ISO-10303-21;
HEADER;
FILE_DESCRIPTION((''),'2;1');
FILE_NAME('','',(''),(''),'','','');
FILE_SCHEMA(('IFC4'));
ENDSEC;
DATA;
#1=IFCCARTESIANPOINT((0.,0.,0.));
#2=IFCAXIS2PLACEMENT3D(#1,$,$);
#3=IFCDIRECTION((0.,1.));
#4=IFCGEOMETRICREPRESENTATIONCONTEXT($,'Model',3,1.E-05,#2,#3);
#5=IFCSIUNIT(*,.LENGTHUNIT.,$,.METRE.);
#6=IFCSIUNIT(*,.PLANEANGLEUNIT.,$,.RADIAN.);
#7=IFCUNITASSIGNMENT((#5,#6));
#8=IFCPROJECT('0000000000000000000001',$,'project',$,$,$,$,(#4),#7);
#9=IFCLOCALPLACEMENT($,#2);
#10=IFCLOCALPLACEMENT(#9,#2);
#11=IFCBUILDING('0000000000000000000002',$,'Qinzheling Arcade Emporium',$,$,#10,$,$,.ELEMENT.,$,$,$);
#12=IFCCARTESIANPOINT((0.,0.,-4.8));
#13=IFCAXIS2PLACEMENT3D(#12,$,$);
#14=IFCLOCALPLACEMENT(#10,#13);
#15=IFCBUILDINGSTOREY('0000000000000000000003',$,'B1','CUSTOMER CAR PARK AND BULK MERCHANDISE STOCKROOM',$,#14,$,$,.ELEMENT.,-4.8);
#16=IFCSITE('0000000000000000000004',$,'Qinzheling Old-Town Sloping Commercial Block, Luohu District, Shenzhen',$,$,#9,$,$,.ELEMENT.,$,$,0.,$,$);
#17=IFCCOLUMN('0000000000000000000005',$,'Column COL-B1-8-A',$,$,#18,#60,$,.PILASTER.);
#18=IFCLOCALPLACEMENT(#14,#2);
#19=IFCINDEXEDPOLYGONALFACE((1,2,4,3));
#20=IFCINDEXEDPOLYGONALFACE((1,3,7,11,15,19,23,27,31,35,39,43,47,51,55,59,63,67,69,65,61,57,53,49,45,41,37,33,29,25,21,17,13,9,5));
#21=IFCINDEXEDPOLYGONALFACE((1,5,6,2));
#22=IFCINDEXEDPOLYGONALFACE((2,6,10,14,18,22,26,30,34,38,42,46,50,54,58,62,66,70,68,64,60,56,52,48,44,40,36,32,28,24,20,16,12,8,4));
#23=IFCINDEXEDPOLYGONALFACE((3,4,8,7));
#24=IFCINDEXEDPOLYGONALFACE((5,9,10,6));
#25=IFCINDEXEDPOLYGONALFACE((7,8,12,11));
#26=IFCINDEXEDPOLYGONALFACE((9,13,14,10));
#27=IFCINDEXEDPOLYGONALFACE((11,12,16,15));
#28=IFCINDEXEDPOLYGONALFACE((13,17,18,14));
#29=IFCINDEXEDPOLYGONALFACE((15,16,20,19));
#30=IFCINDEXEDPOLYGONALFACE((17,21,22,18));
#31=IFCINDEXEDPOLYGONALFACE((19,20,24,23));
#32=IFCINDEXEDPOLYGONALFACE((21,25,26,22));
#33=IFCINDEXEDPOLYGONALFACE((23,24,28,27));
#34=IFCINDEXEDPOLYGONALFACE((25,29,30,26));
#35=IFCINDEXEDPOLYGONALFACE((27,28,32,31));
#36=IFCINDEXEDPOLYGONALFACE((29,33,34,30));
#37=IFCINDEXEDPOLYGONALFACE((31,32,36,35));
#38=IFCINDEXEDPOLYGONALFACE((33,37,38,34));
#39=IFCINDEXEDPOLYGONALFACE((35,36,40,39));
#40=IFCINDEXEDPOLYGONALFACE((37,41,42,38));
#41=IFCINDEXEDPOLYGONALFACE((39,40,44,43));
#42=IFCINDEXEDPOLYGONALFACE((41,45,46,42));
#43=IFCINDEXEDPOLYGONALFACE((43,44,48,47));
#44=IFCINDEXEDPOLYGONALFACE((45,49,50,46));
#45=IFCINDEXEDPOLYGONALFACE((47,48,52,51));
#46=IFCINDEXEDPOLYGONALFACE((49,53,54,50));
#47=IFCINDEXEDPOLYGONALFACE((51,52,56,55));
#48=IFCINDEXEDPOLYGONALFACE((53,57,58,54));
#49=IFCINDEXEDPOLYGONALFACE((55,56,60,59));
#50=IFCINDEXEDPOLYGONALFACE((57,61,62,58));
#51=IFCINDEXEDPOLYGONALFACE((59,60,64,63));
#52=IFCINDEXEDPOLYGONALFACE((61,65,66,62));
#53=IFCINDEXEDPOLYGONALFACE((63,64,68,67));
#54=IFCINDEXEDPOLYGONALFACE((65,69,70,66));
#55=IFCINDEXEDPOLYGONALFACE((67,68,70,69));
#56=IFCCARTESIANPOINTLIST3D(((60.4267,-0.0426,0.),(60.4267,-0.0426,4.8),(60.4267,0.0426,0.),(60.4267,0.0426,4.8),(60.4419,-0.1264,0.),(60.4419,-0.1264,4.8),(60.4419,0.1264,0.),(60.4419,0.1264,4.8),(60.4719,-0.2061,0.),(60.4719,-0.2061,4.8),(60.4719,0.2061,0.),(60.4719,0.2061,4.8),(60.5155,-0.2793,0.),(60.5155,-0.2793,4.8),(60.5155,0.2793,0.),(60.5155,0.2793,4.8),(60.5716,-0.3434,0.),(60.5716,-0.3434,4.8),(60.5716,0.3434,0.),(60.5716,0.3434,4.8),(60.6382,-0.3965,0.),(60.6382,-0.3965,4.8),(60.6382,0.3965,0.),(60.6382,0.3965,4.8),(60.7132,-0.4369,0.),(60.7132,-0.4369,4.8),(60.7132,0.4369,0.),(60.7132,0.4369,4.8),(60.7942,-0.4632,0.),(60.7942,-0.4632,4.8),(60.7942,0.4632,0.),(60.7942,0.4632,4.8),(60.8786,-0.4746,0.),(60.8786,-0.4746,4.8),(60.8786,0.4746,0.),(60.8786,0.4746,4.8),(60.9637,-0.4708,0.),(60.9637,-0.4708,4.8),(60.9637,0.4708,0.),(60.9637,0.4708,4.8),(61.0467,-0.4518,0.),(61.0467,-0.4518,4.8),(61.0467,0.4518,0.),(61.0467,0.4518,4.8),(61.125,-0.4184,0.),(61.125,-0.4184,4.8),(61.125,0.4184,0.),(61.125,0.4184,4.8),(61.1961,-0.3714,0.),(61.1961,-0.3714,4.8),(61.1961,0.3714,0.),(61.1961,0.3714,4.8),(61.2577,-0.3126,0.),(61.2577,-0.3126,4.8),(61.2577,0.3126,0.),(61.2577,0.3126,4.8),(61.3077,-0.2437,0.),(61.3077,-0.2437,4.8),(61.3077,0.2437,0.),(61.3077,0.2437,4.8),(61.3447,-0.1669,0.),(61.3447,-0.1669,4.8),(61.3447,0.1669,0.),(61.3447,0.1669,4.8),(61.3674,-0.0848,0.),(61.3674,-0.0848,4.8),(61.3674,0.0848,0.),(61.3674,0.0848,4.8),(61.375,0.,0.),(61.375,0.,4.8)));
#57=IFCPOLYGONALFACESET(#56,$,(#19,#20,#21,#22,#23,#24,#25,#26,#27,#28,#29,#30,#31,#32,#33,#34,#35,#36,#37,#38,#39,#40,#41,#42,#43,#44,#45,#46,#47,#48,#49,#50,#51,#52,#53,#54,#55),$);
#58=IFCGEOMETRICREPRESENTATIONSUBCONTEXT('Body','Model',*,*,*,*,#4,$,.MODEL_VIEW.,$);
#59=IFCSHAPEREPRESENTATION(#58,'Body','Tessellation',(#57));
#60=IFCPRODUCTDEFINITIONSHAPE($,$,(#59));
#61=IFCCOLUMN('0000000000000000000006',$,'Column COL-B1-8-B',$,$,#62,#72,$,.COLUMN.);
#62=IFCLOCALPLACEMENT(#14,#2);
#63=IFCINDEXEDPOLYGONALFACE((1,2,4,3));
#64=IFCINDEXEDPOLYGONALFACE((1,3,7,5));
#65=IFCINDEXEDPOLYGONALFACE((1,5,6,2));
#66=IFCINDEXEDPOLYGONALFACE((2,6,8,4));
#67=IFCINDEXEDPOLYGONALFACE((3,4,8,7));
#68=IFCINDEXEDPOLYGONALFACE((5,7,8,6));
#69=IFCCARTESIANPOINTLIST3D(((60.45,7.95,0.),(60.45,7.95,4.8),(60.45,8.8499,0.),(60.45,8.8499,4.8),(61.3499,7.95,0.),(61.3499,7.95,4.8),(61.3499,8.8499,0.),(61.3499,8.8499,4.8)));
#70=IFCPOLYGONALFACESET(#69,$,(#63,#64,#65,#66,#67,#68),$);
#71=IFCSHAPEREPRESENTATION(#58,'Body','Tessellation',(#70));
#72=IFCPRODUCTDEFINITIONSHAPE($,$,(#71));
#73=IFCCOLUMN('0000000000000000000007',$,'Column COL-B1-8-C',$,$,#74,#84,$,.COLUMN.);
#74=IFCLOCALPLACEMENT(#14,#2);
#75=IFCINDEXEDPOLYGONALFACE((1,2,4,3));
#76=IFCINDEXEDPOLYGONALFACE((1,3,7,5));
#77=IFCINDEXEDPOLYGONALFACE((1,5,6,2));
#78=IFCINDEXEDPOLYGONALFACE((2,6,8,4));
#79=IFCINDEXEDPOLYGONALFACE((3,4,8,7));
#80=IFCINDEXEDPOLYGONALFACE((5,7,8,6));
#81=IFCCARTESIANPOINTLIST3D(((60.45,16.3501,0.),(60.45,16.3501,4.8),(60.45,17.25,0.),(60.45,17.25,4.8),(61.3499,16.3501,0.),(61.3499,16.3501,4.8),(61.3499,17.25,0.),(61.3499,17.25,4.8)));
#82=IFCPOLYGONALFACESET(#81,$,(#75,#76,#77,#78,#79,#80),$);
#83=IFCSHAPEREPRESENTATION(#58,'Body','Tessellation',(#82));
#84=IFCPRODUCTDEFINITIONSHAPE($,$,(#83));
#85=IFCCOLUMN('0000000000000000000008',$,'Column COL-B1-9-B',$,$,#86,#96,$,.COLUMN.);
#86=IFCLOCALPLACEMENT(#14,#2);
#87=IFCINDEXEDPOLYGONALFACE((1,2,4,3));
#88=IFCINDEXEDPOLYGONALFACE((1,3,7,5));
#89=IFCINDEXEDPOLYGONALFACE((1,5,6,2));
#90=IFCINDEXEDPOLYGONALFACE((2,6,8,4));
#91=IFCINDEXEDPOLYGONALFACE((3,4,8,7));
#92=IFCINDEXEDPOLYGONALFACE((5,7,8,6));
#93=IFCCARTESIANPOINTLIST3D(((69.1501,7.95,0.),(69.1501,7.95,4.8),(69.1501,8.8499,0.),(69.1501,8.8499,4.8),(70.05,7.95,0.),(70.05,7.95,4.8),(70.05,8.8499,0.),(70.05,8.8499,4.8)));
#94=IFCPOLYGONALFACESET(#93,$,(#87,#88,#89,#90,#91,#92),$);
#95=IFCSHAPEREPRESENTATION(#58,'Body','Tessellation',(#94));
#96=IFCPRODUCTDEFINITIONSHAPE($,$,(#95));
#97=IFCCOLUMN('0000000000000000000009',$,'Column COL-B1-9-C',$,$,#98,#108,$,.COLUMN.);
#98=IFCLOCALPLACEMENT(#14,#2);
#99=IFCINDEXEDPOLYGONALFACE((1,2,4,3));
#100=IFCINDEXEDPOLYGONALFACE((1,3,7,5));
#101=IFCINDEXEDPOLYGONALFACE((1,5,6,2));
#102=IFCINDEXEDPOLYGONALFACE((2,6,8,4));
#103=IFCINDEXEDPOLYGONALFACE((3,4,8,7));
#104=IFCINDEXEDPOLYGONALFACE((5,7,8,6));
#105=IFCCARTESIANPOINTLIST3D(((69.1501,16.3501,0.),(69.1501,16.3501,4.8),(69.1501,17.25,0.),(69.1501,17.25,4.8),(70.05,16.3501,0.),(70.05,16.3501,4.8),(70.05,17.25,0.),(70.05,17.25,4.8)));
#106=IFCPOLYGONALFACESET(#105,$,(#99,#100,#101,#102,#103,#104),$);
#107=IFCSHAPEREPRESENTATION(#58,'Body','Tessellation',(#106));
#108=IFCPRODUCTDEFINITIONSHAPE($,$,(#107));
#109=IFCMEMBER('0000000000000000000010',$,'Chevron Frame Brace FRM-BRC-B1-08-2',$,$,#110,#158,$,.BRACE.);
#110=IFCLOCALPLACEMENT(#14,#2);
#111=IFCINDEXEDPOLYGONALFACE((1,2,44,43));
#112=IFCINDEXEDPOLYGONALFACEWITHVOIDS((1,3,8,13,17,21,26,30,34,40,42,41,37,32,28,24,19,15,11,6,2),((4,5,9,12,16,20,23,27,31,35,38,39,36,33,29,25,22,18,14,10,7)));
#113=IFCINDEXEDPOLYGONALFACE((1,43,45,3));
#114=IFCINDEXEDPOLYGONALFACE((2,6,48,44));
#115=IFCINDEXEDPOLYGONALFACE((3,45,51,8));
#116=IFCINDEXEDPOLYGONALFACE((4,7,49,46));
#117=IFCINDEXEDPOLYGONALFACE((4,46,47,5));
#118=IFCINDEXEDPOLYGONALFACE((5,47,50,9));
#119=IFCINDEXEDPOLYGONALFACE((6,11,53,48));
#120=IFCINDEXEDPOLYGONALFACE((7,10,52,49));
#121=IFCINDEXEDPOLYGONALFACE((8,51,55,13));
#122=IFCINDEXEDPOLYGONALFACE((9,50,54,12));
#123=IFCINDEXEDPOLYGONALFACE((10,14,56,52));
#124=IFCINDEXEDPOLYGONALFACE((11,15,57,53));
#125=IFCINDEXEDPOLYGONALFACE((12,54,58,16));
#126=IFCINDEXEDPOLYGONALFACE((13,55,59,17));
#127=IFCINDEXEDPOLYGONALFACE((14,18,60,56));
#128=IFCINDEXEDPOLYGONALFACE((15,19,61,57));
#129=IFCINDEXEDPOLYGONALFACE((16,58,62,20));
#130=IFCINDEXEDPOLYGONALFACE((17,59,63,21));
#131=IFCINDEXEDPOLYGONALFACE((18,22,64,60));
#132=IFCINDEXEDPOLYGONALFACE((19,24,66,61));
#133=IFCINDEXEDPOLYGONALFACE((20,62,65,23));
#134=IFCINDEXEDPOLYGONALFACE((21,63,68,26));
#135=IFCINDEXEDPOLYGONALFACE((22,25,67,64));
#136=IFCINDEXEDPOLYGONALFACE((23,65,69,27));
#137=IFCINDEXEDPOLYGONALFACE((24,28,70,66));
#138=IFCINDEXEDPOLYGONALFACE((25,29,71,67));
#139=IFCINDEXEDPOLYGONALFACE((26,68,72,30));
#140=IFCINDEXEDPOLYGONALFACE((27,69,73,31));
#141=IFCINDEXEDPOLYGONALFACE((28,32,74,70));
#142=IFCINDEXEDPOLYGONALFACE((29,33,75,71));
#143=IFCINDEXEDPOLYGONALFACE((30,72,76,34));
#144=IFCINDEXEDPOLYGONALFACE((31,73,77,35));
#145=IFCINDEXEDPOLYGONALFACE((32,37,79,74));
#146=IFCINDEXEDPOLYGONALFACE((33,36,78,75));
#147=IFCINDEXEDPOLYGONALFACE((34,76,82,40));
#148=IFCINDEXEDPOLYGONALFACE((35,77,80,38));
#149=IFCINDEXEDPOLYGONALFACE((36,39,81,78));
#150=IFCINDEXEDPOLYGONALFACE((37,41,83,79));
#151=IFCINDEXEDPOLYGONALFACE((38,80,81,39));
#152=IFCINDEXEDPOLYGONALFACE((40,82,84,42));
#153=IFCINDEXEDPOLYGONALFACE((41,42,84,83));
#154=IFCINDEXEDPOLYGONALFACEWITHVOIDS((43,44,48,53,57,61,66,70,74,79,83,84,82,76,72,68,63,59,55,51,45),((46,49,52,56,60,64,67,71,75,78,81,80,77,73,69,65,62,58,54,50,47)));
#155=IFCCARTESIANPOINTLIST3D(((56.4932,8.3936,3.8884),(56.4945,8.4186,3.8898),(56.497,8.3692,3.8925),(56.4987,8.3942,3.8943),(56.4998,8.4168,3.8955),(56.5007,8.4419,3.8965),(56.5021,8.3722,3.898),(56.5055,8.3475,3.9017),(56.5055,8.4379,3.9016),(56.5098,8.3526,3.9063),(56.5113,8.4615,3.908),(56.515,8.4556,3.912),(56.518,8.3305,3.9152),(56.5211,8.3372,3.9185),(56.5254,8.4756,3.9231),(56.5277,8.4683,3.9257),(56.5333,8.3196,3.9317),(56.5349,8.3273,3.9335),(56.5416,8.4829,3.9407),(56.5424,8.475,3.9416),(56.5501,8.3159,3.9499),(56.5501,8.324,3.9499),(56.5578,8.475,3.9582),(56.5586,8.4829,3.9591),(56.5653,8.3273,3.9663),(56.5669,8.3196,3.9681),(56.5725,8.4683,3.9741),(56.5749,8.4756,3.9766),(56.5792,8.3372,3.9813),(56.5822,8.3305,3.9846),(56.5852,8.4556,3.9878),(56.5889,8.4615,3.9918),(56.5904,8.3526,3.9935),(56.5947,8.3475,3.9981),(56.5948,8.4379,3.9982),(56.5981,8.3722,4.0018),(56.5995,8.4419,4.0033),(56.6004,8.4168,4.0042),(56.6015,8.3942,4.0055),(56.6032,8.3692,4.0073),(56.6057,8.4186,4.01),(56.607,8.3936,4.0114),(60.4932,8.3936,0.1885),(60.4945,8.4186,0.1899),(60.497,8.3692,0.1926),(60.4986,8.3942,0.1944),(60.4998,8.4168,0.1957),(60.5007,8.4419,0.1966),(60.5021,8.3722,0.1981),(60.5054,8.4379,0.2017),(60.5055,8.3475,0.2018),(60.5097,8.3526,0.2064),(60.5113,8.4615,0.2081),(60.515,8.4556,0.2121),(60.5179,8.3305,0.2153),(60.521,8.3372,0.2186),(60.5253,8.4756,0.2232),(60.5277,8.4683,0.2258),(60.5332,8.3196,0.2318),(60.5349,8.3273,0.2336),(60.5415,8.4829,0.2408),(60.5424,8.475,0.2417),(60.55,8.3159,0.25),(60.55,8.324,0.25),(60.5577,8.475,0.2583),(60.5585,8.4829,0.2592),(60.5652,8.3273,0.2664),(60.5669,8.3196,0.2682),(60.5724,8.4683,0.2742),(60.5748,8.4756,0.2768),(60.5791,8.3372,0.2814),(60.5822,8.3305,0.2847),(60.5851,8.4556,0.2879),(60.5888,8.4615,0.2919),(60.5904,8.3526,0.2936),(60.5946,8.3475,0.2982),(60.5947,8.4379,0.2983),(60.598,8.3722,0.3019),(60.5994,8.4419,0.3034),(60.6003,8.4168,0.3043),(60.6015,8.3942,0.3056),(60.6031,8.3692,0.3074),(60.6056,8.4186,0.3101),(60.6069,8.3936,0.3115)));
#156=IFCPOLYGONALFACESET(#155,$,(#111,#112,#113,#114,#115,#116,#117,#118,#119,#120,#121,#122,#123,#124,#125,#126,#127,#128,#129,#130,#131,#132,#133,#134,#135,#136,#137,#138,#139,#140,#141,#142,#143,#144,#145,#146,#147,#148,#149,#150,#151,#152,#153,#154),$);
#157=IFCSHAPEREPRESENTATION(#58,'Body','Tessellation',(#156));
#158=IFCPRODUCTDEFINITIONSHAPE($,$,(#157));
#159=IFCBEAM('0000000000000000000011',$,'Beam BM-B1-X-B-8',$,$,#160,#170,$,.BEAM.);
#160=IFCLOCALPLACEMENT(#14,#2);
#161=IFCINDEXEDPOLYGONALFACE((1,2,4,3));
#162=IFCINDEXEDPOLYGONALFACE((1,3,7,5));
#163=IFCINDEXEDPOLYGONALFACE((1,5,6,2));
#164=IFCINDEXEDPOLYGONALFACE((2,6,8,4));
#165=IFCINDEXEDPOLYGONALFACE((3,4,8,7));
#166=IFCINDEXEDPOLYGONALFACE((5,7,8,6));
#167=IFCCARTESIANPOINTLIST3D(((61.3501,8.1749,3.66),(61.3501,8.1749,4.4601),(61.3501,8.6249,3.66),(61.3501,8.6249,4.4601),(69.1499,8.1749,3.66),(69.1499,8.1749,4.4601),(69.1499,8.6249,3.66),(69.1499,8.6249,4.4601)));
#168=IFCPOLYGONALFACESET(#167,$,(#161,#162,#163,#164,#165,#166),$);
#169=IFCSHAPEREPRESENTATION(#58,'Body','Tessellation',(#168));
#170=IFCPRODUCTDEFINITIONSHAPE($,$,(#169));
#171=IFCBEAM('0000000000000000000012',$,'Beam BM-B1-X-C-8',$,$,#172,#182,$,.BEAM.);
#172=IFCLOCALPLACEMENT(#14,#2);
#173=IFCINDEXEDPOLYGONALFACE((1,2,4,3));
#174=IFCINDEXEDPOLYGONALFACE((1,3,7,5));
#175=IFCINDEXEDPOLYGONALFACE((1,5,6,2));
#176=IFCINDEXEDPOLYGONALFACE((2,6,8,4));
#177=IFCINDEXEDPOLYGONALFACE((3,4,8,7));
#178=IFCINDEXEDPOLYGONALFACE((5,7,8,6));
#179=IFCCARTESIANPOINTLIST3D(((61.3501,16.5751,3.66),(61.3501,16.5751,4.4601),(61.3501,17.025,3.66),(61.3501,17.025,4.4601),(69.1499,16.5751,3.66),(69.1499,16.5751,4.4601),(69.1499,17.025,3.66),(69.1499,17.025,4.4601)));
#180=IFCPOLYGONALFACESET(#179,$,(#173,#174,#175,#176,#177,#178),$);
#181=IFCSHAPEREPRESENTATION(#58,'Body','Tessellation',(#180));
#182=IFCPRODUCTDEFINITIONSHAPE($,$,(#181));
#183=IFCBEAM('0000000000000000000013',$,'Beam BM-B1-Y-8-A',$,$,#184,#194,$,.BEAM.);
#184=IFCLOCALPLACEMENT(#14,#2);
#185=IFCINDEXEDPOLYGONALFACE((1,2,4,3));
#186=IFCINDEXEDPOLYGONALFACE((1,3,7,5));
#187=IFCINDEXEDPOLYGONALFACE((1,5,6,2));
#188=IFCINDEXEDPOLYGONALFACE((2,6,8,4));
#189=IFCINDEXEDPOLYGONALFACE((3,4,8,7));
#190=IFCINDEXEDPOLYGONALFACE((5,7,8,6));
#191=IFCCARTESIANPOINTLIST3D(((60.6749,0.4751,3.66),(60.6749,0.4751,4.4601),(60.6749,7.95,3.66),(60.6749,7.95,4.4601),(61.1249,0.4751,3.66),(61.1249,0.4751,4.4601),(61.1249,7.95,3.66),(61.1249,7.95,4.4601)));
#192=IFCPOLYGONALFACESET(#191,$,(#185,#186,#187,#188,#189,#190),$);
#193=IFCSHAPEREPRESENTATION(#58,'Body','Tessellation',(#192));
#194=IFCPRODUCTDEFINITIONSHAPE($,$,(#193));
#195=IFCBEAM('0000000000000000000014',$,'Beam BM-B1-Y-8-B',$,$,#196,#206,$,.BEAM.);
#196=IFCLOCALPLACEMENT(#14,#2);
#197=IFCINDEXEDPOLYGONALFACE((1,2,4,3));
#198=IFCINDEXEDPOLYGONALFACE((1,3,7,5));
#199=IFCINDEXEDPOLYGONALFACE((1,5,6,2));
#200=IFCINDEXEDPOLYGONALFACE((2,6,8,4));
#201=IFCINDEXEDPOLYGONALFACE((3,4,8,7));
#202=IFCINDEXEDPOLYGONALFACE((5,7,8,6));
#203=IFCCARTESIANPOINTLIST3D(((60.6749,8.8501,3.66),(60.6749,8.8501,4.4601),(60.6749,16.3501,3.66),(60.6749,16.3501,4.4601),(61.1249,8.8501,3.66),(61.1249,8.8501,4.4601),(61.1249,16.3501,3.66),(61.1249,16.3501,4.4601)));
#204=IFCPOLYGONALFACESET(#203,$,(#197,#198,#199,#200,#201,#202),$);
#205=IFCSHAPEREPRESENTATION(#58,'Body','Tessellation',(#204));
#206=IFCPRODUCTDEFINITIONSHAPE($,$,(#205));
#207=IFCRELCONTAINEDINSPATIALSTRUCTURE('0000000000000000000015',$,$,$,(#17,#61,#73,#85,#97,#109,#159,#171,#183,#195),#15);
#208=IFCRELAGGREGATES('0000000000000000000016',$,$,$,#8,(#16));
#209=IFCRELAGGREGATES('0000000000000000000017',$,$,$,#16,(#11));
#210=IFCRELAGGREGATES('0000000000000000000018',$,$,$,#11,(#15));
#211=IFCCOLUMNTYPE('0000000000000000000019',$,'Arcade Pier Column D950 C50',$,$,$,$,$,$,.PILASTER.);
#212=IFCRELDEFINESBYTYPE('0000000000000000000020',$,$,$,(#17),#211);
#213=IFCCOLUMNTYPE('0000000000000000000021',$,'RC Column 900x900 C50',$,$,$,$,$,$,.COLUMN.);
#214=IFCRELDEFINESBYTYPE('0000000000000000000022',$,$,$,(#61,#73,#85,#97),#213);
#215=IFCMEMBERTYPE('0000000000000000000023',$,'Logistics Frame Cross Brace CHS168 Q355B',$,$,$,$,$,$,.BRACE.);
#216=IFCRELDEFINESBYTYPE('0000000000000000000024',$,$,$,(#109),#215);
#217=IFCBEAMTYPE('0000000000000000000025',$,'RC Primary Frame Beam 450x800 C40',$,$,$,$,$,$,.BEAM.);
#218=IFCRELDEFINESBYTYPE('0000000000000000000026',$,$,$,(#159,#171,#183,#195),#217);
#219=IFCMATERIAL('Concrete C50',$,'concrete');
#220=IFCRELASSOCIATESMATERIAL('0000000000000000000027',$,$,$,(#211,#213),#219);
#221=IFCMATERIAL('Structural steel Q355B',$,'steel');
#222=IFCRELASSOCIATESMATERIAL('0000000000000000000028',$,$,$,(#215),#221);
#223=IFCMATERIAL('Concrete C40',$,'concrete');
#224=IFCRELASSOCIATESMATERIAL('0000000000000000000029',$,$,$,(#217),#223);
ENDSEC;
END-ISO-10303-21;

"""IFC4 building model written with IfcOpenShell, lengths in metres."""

from ifc_helpers import new_model, si_unit, direction, frame, origin, origin_2d, place, context, subcontext, project, spatial, rectangle, circle, hollow_circle, extrude, material, material_profile, profile_set, type_object, element, save


model = new_model("IFC4")

# Units and contexts
model_context = context("Model", 3, precision=1e-05, world=origin(), true_north=direction((0.0, 1.0)))
body_context = subcontext(model_context, "Body", "Model", "MODEL_VIEW")
ifc_project = project(units=[si_unit("LENGTHUNIT", "METRE"), si_unit("PLANEANGLEUNIT", "RADIAN")], contexts=[model_context])

# Site, building, storey
site_placement = place(None, origin())
site = spatial("IfcSite", under=ifc_project, at=site_placement, Name="Qinzheling Old-Town Sloping Commercial Block, Luohu District, Shenzhen", CompositionType="ELEMENT", RefElevation=0.0)
building_placement = place(site_placement, origin())
building = spatial("IfcBuilding", under=site, at=building_placement, Name="Qinzheling Arcade Emporium", CompositionType="ELEMENT")
storey_placement = place(building_placement, frame((0.0, 0.0, -4.8)))
storey = spatial("IfcBuildingStorey", under=building, at=storey_placement, Name="B1", Description="CUSTOMER CAR PARK AND BULK MERCHANDISE STOCKROOM", CompositionType="ELEMENT", Elevation=-4.8)

# Columns
ifc_material_1 = material(Name="Concrete C50", Category="concrete")
ifc_material_profile_1 = material_profile(ifc_material_1, circle(Radius=0.4751, at=origin_2d()), Name="RC D950", Category="concrete")
ifc_profile_set_1 = profile_set([ifc_material_profile_1], Name="Concrete C50")
column_type_1 = type_object("IfcColumnType", Name="Arcade Pier Column D950 C50", PredefinedType="PILASTER", material=ifc_profile_set_1)
column_placement = place(storey_placement, frame((60.8999, 0.0, 0.0), z_axis=(0.0, 0.0, 1.0), x_axis=(1.0, 0.0, 0.0)))
element("IfcColumn", 1, at=column_placement, inside=storey, type_object=column_type_1, Name="Column COL-B1-8-A", PredefinedType="PILASTER", context=body_context, shape_type="SweptSolid", body=[
    extrude(circle(Radius=0.4751, at=origin_2d()), origin(), (0.0, 0.0, 1.0), 4.8),
])
ifc_material_profile_2 = material_profile(ifc_material_1, rectangle(XDim=0.8999, YDim=0.8999, at=origin_2d()), Name="RC 900x900", Category="concrete")
ifc_profile_set_2 = profile_set([ifc_material_profile_2], Name="Concrete C50")
column_type_2 = type_object("IfcColumnType", Name="RC Column 900x900 C50", PredefinedType="COLUMN", material=ifc_profile_set_2)
for number, where, z_axis, x_axis, name in (
    (2, (60.8999, 8.3999, 0.0), (0.0, 0.0, 1.0), (1.0, 0.0, 0.0), "Column COL-B1-8-B"),
    (3, (60.8999, 16.8, 0.0), (0.0, 0.0, 1.0), (1.0, 0.0, 0.0), "Column COL-B1-8-C"),
    (4, (69.6001, 8.3999, 0.0), (0.0, 0.0, 1.0), (1.0, 0.0, 0.0), "Column COL-B1-9-B"),
    (5, (69.6001, 16.8, 0.0), (0.0, 0.0, 1.0), (1.0, 0.0, 0.0), "Column COL-B1-9-C"),
):
    element("IfcColumn", number, at=place(storey_placement, frame(where, z_axis=z_axis, x_axis=x_axis)), inside=storey, type_object=column_type_2, Name=name, PredefinedType="COLUMN", context=body_context, shape_type="SweptSolid", body=[
        extrude(rectangle(XDim=0.8999, YDim=0.8999, at=origin_2d()), origin(), (0.0, 0.0, 1.0), 4.8),
    ])

# Member
ifc_material_2 = material(Name="Structural steel Q355B", Category="steel")
ifc_material_profile_3 = material_profile(ifc_material_2, hollow_circle(Radius=0.084, WallThickness=0.0081, at=origin_2d()), Name="CHS 168x8", Category="steel")
ifc_profile_set_3 = profile_set([ifc_material_profile_3], Name="Structural steel Q355B")
member_type = type_object("IfcMemberType", Name="Logistics Frame Cross Brace CHS168 Q355B", PredefinedType="BRACE", material=ifc_profile_set_3)
member_placement = place(storey_placement, frame((60.55, 8.3999, 0.25), z_axis=(-0.734104, 0.0, 0.679037), x_axis=(0.0, -1.0, 0.0)))
element("IfcMember", 6, at=member_placement, inside=storey, type_object=member_type, Name="Chevron Frame Brace FRM-BRC-B1-08-2", PredefinedType="BRACE", context=body_context, shape_type="SweptSolid", body=[
    extrude(hollow_circle(Radius=0.084, WallThickness=0.0081, at=origin_2d()), origin(), (0.0, 0.0, 1.0), 5.4487),
])

# Beams
ifc_material_3 = material(Name="Concrete C40", Category="concrete")
ifc_material_profile_4 = material_profile(ifc_material_3, rectangle(XDim=0.45, YDim=0.8, at=origin_2d()), Name="RC 450x800", Category="concrete")
ifc_profile_set_4 = profile_set([ifc_material_profile_4], Name="Concrete C40")
beam_type_1 = type_object("IfcBeamType", Name="RC Primary Frame Beam 450x800 C40", PredefinedType="BEAM", material=ifc_profile_set_4)
for number, where, z_axis, x_axis, name in (
    (7, (61.3501, 8.3999, 4.0601), (1.0, 0.0, 0.0), (0.0, 1.0, 0.0), "Beam BM-B1-X-B-8"),
    (8, (61.3501, 16.8, 4.0601), (1.0, 0.0, 0.0), (0.0, 1.0, 0.0), "Beam BM-B1-X-C-8"),
):
    element("IfcBeam", number, at=place(storey_placement, frame(where, z_axis=z_axis, x_axis=x_axis)), inside=storey, type_object=beam_type_1, Name=name, PredefinedType="BEAM", context=body_context, shape_type="SweptSolid", body=[
        extrude(rectangle(XDim=0.45, YDim=0.8, at=origin_2d()), origin(), (0.0, 0.0, 1.0), 7.7998),
    ])
beam_1_placement = place(storey_placement, frame((60.8999, 0.4751, 4.0601), z_axis=(0.0, 1.0, 0.0), x_axis=(-1.0, 0.0, 0.0)))
element("IfcBeam", 9, at=beam_1_placement, inside=storey, type_object=beam_type_1, Name="Beam BM-B1-Y-8-A", PredefinedType="BEAM", context=body_context, shape_type="SweptSolid", body=[
    extrude(rectangle(XDim=0.45, YDim=0.8, at=origin_2d()), origin(), (0.0, 0.0, 1.0), 7.4749),
])
beam_2_placement = place(storey_placement, frame((60.8999, 8.8501, 4.0601), z_axis=(0.0, 1.0, 0.0), x_axis=(-1.0, 0.0, 0.0)))
element("IfcBeam", 10, at=beam_2_placement, inside=storey, type_object=beam_type_1, Name="Beam BM-B1-Y-8-B", PredefinedType="BEAM", context=body_context, shape_type="SweptSolid", body=[
    extrude(rectangle(XDim=0.45, YDim=0.8, at=origin_2d()), origin(), (0.0, 0.0, 1.0), 7.5),
])

save(model, "model.ifc")
